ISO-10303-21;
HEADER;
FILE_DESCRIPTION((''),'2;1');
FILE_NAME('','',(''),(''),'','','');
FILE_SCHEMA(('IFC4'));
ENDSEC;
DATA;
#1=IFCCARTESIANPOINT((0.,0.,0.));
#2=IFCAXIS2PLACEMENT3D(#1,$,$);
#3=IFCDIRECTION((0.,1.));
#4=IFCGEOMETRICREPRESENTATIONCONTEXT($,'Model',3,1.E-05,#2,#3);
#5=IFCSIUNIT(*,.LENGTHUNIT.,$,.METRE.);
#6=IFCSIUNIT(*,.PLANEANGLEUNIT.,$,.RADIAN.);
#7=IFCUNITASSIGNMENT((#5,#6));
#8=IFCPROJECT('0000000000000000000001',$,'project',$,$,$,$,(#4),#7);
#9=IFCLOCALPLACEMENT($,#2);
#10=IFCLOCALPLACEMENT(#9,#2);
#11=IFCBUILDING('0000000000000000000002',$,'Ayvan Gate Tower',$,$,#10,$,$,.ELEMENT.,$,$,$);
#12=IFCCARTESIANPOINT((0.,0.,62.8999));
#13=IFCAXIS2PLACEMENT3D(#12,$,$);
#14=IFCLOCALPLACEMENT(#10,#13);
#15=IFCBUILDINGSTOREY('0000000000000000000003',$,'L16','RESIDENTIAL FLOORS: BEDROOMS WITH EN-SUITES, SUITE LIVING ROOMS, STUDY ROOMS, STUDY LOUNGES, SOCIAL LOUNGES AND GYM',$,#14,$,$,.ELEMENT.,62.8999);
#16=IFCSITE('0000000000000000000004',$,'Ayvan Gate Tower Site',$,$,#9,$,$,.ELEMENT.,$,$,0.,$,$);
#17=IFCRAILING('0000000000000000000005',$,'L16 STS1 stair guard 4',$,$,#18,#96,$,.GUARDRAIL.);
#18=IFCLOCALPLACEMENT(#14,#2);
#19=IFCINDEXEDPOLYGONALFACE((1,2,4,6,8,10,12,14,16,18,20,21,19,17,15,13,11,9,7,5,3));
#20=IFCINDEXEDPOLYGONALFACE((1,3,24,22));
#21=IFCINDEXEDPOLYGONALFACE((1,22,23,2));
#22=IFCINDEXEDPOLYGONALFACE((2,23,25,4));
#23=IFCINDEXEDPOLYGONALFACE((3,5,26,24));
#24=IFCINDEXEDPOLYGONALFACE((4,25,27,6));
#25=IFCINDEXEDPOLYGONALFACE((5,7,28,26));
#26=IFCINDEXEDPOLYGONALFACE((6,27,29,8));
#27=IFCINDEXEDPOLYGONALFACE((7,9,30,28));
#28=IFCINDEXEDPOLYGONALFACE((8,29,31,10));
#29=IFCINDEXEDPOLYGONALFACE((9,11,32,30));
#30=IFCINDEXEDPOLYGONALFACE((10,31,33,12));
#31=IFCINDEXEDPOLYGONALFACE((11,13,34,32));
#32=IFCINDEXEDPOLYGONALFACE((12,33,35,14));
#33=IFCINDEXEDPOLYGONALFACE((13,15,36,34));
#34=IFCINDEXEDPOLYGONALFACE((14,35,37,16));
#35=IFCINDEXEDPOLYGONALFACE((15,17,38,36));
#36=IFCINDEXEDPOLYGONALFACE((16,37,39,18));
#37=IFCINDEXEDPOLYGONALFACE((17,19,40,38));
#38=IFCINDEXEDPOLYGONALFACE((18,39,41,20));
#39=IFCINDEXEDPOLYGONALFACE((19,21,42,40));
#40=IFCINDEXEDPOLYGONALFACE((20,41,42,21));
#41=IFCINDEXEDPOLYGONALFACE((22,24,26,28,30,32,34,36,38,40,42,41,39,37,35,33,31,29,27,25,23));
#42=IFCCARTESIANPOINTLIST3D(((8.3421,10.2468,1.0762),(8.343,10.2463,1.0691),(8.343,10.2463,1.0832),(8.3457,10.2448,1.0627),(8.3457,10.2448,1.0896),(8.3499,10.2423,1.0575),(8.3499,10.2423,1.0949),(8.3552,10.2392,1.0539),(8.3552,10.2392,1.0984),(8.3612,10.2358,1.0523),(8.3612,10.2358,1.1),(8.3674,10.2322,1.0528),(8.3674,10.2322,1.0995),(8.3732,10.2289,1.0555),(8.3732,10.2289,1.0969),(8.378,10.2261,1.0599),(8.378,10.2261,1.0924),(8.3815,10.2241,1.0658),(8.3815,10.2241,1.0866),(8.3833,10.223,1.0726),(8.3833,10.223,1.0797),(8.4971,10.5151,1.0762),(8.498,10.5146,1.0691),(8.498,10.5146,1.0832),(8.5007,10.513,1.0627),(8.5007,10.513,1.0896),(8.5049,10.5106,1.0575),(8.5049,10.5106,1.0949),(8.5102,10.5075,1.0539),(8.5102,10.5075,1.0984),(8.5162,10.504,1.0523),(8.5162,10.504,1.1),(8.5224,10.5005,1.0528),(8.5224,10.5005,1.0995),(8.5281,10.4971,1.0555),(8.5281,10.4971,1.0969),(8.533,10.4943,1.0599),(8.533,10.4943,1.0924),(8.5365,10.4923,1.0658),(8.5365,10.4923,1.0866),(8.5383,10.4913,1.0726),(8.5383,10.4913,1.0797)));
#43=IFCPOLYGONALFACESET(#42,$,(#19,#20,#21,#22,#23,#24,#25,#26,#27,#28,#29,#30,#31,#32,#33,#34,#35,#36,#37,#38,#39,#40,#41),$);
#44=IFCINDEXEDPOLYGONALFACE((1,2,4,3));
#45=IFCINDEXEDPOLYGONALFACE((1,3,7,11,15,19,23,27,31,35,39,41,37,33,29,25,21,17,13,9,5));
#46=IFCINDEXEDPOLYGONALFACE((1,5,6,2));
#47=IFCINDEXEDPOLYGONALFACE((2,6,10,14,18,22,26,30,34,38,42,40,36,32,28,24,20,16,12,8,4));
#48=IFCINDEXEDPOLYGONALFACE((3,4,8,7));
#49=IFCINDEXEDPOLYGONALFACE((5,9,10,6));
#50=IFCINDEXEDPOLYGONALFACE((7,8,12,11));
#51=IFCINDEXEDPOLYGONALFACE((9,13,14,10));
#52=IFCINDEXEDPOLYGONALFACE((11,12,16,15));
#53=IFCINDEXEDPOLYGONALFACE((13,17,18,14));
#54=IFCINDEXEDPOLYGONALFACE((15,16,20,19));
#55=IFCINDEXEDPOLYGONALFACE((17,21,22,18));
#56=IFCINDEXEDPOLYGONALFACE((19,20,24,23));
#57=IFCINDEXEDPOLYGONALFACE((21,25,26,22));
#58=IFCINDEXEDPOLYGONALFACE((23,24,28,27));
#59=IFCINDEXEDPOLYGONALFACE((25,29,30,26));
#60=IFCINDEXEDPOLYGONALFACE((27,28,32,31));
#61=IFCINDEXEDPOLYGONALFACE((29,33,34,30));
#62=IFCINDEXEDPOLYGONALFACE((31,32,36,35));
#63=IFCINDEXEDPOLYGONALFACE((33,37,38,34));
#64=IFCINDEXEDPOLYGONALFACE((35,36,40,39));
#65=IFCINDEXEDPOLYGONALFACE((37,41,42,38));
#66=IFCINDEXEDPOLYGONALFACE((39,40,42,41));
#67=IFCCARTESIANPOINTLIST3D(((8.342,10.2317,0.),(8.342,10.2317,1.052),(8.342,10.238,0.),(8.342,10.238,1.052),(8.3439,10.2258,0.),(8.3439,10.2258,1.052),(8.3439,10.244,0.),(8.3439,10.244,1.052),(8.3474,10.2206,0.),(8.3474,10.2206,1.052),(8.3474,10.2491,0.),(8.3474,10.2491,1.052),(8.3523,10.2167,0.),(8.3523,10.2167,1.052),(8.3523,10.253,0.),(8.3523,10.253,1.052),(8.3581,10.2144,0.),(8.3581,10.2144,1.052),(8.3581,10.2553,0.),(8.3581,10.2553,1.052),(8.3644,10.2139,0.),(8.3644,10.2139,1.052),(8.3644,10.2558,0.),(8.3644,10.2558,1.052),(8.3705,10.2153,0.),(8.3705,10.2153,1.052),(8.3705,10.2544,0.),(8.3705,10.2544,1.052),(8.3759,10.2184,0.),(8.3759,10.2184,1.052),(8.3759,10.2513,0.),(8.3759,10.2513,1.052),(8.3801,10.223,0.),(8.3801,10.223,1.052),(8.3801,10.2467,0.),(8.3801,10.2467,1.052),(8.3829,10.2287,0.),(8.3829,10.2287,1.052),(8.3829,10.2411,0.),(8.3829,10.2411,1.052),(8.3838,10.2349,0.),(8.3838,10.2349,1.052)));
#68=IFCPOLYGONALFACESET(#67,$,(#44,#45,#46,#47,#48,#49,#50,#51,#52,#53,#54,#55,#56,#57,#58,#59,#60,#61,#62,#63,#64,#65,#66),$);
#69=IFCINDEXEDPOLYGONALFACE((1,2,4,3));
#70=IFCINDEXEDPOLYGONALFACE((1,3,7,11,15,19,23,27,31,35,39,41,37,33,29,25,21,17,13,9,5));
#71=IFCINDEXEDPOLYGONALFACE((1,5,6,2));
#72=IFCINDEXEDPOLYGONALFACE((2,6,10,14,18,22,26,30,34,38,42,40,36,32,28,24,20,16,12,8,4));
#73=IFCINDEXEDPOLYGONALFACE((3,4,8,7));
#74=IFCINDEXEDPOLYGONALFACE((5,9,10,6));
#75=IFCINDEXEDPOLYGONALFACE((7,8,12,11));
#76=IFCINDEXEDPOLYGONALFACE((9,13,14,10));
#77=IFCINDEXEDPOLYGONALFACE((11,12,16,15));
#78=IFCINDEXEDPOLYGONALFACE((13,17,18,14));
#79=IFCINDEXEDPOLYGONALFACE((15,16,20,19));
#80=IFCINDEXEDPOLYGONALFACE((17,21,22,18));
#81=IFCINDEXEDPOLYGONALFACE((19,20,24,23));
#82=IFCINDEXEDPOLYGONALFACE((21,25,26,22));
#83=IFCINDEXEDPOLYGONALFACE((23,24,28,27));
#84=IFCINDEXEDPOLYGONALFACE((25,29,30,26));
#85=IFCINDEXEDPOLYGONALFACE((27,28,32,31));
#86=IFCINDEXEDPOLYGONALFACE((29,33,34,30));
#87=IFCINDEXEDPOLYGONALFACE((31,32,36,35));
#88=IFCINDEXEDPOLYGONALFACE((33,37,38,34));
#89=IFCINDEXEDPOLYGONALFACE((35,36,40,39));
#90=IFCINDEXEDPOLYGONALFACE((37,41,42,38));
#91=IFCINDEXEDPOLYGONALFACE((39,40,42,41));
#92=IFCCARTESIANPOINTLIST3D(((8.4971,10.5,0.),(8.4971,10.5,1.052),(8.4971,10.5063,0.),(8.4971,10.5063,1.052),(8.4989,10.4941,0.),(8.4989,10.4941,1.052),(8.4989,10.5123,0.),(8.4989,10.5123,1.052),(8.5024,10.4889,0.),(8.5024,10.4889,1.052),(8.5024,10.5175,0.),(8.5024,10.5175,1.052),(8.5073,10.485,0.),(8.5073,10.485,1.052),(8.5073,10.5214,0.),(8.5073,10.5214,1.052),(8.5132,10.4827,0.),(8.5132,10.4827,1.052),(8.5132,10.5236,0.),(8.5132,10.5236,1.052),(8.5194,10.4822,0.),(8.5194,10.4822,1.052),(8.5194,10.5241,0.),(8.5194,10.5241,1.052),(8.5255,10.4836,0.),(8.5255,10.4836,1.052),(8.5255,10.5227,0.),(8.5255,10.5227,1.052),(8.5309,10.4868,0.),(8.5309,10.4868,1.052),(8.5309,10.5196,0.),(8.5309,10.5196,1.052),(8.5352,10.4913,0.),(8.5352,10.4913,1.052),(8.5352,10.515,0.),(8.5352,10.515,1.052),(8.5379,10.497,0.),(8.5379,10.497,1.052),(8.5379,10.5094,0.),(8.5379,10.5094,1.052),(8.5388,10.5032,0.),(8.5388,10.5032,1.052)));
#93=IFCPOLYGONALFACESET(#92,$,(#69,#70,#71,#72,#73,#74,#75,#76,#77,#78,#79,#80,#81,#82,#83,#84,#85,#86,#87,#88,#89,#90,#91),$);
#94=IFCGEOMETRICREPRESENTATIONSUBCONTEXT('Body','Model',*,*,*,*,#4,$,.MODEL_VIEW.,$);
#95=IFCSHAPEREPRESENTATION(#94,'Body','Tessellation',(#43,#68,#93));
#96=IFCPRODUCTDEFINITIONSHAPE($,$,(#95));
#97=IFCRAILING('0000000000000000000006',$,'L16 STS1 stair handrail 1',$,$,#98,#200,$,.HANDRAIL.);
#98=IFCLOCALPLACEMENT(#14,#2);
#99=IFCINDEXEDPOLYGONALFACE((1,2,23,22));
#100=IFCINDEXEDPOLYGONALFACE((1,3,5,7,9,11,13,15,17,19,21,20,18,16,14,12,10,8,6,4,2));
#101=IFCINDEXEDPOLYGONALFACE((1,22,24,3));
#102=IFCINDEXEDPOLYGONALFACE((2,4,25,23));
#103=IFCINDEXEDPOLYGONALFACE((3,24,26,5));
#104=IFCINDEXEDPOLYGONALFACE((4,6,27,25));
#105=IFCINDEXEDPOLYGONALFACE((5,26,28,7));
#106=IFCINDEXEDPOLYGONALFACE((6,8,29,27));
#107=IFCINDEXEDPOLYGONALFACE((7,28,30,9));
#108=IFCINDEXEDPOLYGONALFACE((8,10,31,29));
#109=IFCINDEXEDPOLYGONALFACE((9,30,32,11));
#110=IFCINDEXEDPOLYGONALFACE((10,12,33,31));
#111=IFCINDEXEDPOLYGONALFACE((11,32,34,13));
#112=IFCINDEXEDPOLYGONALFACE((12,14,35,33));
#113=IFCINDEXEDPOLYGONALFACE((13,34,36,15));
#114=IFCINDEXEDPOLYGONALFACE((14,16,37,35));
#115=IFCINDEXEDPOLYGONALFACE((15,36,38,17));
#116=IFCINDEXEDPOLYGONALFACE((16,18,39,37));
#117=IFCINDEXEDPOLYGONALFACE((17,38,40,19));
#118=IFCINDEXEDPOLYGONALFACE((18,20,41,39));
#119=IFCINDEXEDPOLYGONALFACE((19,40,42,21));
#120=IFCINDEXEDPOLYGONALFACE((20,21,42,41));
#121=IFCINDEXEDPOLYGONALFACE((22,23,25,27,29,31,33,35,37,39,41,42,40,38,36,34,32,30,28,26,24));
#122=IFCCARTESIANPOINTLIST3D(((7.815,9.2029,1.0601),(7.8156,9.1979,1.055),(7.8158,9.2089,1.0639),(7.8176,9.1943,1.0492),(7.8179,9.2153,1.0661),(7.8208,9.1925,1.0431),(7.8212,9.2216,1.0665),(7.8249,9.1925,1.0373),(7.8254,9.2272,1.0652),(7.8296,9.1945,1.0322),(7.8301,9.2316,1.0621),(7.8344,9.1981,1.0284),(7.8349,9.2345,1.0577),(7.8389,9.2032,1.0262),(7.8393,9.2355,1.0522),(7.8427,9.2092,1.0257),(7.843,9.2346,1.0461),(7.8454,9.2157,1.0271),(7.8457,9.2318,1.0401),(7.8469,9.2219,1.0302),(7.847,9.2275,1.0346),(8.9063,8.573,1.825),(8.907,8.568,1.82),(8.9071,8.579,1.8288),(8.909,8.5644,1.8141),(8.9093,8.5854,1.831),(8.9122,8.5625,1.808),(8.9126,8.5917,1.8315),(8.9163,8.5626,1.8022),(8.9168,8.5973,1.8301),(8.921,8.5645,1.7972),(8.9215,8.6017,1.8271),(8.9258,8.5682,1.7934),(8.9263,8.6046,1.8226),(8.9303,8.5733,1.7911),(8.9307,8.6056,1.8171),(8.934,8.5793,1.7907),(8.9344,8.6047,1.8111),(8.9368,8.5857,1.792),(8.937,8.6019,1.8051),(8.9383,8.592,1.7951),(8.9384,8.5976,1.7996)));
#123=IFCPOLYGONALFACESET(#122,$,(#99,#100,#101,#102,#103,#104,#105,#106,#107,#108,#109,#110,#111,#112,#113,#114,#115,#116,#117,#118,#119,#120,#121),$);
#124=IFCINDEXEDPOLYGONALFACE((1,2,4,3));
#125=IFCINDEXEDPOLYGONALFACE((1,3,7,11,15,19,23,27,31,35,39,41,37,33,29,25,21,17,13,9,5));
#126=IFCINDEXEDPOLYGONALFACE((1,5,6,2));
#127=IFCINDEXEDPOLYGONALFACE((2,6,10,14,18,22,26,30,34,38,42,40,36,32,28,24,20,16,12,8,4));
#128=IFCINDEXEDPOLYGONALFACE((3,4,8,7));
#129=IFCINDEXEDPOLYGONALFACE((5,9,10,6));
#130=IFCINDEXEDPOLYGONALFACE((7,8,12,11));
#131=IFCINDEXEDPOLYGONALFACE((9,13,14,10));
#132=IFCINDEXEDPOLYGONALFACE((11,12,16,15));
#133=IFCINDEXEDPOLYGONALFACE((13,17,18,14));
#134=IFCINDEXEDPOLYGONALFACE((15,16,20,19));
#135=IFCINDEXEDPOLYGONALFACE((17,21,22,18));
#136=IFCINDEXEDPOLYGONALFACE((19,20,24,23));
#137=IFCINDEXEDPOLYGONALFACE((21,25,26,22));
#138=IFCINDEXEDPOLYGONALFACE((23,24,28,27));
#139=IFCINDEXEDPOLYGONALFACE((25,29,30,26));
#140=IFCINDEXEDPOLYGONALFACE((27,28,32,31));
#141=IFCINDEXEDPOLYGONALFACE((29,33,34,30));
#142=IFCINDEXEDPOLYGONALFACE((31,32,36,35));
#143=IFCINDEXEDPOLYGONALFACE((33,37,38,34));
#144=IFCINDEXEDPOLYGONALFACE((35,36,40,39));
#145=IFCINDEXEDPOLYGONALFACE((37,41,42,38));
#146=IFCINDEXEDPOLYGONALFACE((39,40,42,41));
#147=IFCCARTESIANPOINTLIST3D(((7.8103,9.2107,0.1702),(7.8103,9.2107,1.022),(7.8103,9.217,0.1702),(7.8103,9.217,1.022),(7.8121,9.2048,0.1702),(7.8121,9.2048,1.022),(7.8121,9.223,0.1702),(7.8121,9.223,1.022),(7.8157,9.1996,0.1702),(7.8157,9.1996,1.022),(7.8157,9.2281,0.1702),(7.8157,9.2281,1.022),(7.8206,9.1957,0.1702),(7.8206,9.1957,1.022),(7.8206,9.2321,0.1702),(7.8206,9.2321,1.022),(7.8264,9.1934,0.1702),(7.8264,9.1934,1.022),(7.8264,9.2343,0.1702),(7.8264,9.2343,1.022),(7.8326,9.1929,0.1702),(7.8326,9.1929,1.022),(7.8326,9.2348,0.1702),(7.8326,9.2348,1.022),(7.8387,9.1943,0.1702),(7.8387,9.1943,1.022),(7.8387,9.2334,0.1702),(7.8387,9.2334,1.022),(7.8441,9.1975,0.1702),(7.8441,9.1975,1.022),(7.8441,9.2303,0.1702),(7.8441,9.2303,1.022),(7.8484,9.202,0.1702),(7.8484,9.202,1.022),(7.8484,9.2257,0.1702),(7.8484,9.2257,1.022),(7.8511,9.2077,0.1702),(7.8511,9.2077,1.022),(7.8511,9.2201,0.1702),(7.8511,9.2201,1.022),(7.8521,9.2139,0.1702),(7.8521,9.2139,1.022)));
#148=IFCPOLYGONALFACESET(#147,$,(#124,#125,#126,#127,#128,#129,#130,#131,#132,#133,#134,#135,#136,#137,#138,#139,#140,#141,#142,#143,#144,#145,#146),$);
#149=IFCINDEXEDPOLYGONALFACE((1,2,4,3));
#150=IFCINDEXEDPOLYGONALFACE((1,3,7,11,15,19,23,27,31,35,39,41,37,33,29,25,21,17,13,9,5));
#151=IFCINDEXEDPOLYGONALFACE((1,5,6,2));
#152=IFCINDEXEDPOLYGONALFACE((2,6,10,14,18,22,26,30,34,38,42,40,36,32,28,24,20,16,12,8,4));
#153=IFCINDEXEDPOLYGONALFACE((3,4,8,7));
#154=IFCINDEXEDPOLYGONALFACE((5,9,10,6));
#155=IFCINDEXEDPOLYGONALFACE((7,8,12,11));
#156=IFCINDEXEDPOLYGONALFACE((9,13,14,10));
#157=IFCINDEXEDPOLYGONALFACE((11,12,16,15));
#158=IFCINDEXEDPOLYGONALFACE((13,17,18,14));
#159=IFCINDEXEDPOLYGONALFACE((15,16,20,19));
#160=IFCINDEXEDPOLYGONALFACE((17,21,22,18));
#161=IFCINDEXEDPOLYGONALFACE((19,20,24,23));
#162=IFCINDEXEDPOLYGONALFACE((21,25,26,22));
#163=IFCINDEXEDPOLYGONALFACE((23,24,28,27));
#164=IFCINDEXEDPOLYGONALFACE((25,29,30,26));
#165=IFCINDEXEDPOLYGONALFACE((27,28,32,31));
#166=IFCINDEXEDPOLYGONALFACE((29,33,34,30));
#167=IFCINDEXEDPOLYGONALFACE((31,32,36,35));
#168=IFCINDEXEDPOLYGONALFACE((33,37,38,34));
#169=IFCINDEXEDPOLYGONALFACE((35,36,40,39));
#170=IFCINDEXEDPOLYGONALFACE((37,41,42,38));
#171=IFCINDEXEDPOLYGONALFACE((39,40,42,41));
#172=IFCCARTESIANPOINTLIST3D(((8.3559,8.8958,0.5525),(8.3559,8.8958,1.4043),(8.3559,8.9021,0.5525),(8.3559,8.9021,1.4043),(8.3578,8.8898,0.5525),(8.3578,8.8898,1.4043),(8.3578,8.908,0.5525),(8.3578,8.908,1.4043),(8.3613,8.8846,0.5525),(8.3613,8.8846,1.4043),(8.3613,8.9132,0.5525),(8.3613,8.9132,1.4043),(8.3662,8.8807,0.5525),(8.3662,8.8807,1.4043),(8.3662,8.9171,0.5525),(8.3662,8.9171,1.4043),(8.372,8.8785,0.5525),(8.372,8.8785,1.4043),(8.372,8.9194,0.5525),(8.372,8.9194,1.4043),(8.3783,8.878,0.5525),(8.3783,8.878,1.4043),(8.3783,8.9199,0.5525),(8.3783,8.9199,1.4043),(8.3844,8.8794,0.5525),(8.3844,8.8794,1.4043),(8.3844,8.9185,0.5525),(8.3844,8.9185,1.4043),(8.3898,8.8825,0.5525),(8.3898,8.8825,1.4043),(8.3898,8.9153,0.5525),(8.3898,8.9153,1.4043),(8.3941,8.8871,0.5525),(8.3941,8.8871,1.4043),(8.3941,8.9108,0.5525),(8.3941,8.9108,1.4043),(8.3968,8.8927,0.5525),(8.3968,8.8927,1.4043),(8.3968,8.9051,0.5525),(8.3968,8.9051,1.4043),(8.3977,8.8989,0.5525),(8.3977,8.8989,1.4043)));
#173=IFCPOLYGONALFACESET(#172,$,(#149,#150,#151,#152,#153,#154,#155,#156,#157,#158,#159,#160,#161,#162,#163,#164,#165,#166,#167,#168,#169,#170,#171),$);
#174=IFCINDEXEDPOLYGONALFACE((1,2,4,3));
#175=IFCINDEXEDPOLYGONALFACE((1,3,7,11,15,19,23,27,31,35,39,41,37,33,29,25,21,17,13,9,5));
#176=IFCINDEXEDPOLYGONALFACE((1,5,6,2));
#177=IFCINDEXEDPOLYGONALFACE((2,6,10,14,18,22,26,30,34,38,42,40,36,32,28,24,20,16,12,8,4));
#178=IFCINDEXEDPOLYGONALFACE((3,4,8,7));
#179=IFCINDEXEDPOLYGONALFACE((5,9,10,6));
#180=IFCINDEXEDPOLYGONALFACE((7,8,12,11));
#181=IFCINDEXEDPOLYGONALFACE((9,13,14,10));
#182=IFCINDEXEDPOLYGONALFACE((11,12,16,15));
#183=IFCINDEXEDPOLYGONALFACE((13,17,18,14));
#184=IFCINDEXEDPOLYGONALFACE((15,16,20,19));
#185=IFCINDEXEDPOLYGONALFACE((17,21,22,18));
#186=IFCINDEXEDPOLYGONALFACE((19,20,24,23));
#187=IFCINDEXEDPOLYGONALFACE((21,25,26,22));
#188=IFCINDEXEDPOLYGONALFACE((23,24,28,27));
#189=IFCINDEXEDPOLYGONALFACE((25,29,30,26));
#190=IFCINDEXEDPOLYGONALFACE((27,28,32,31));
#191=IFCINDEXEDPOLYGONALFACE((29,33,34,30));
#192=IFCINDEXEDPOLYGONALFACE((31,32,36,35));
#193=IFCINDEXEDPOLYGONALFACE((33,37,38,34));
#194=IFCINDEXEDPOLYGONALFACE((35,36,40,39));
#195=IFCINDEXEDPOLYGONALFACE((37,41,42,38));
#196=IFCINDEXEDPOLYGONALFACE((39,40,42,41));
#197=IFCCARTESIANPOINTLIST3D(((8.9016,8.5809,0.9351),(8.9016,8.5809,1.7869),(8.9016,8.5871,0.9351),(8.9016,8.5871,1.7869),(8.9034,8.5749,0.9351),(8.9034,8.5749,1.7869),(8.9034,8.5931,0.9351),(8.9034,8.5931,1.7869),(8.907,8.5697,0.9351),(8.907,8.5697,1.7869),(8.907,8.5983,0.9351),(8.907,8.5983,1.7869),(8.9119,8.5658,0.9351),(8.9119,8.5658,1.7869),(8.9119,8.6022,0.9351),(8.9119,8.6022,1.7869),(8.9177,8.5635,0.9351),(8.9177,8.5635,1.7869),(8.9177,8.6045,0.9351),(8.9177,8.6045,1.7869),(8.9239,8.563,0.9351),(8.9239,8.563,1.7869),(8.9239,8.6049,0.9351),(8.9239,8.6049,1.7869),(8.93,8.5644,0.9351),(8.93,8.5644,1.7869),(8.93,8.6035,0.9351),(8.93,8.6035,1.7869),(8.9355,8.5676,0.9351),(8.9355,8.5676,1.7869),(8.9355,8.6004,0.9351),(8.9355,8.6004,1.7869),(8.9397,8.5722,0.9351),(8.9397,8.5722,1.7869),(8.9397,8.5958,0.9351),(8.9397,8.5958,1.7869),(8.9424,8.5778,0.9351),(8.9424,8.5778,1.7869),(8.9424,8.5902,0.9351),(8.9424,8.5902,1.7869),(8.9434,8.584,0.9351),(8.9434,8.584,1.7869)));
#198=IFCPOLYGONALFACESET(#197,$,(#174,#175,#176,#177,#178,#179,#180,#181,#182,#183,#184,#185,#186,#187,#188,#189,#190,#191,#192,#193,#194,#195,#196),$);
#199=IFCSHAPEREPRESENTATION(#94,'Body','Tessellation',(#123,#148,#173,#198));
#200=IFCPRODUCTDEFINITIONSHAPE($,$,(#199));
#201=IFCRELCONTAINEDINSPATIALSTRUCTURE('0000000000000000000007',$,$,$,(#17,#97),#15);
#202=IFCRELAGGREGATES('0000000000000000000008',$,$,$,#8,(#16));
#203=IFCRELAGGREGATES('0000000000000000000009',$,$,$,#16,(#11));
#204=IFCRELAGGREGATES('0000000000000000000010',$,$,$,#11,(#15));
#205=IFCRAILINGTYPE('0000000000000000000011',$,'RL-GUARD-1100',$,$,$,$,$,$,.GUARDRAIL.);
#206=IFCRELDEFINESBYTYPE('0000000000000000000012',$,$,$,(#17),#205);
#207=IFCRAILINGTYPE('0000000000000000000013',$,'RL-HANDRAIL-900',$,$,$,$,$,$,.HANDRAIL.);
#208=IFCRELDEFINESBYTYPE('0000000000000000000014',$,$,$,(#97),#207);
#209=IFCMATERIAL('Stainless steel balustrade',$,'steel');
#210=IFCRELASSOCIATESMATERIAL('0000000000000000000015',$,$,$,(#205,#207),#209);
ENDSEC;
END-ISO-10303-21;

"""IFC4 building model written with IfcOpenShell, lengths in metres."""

from ifc_helpers import new_model, si_unit, direction, frame, origin, origin_2d, place, context, subcontext, project, spatial, circle, extrude, material, type_object, element, save


model = new_model("IFC4")

# Units and contexts
model_context = context("Model", 3, precision=1e-05, world=origin(), true_north=direction((0.0, 1.0)))
body_context = subcontext(model_context, "Body", "Model", "MODEL_VIEW")
ifc_project = project(units=[si_unit("LENGTHUNIT", "METRE"), si_unit("PLANEANGLEUNIT", "RADIAN")], contexts=[model_context])

# Site, building, storey
site_placement = place(None, origin())
site = spatial("IfcSite", under=ifc_project, at=site_placement, Name="Ayvan Gate Tower Site", CompositionType="ELEMENT", RefElevation=0.0)
building_placement = place(site_placement, origin())
building = spatial("IfcBuilding", under=site, at=building_placement, Name="Ayvan Gate Tower", CompositionType="ELEMENT")
storey_placement = place(building_placement, frame((0.0, 0.0, 62.8999)))
storey = spatial("IfcBuildingStorey", under=building, at=storey_placement, Name="L16", Description="RESIDENTIAL FLOORS: BEDROOMS WITH EN-SUITES, SUITE LIVING ROOMS, STUDY ROOMS, STUDY LOUNGES, SOCIAL LOUNGES AND GYM", CompositionType="ELEMENT", Elevation=62.8999)

# Railings
ifc_material_1 = material(Name="Stainless steel balustrade", Category="steel")
railing_type_1 = type_object("IfcRailingType", Name="RL-GUARD-1100", PredefinedType="GUARDRAIL", material=ifc_material_1)
railing_1_placement = place(storey_placement, frame((8.3628, 10.2349, 0.0)))
element("IfcRailing", 1, at=railing_1_placement, inside=storey, type_object=railing_type_1, Name="L16 STS1 stair guard 4", PredefinedType="GUARDRAIL", context=body_context, shape_type="SweptSolid", body=[
    extrude(circle(Radius=0.0239, at=origin_2d()), frame((0.0, 0.0, 1.0762), z_axis=(0.500291, 0.865857, 0.0), x_axis=(-0.865857, 0.500291, 0.0)), (0.0, 0.0, 1.0), 0.3098),
    extrude(circle(Radius=0.021, at=origin_2d()), origin(), (0.0, 0.0, 1.0), 1.052),
    extrude(circle(Radius=0.021, at=origin_2d()), frame((0.155, 0.2683, 0.0)), (0.0, 0.0, 1.0), 1.052),
])
railing_type_2 = type_object("IfcRailingType", Name="RL-HANDRAIL-900", PredefinedType="HANDRAIL", material=ifc_material_1)
railing_2_placement = place(storey_placement, frame((7.8311, 9.2139, 0.1702)))
element("IfcRailing", 2, at=railing_2_placement, inside=storey, type_object=railing_type_2, Name="L16 STS1 stair handrail 1", PredefinedType="HANDRAIL", context=body_context, shape_type="SweptSolid", body=[
    extrude(circle(Radius=0.0239, at=origin_2d()), frame((0.0, 0.0, 0.876), z_axis=(0.740357, -0.42732, 0.518912), x_axis=(0.49989, 0.866089, 0.0)), (0.0, 0.0, 1.0), 1.4741),
    extrude(circle(Radius=0.021, at=origin_2d()), origin(), (0.0, 0.0, 1.0), 0.8518),
    extrude(circle(Radius=0.021, at=origin_2d()), frame((0.5457, -0.3149, 0.3823)), (0.0, 0.0, 1.0), 0.8518),
    extrude(circle(Radius=0.021, at=origin_2d()), frame((1.0913, -0.6299, 0.7649)), (0.0, 0.0, 1.0), 0.8518),
])

save(model, "model.ifc")
